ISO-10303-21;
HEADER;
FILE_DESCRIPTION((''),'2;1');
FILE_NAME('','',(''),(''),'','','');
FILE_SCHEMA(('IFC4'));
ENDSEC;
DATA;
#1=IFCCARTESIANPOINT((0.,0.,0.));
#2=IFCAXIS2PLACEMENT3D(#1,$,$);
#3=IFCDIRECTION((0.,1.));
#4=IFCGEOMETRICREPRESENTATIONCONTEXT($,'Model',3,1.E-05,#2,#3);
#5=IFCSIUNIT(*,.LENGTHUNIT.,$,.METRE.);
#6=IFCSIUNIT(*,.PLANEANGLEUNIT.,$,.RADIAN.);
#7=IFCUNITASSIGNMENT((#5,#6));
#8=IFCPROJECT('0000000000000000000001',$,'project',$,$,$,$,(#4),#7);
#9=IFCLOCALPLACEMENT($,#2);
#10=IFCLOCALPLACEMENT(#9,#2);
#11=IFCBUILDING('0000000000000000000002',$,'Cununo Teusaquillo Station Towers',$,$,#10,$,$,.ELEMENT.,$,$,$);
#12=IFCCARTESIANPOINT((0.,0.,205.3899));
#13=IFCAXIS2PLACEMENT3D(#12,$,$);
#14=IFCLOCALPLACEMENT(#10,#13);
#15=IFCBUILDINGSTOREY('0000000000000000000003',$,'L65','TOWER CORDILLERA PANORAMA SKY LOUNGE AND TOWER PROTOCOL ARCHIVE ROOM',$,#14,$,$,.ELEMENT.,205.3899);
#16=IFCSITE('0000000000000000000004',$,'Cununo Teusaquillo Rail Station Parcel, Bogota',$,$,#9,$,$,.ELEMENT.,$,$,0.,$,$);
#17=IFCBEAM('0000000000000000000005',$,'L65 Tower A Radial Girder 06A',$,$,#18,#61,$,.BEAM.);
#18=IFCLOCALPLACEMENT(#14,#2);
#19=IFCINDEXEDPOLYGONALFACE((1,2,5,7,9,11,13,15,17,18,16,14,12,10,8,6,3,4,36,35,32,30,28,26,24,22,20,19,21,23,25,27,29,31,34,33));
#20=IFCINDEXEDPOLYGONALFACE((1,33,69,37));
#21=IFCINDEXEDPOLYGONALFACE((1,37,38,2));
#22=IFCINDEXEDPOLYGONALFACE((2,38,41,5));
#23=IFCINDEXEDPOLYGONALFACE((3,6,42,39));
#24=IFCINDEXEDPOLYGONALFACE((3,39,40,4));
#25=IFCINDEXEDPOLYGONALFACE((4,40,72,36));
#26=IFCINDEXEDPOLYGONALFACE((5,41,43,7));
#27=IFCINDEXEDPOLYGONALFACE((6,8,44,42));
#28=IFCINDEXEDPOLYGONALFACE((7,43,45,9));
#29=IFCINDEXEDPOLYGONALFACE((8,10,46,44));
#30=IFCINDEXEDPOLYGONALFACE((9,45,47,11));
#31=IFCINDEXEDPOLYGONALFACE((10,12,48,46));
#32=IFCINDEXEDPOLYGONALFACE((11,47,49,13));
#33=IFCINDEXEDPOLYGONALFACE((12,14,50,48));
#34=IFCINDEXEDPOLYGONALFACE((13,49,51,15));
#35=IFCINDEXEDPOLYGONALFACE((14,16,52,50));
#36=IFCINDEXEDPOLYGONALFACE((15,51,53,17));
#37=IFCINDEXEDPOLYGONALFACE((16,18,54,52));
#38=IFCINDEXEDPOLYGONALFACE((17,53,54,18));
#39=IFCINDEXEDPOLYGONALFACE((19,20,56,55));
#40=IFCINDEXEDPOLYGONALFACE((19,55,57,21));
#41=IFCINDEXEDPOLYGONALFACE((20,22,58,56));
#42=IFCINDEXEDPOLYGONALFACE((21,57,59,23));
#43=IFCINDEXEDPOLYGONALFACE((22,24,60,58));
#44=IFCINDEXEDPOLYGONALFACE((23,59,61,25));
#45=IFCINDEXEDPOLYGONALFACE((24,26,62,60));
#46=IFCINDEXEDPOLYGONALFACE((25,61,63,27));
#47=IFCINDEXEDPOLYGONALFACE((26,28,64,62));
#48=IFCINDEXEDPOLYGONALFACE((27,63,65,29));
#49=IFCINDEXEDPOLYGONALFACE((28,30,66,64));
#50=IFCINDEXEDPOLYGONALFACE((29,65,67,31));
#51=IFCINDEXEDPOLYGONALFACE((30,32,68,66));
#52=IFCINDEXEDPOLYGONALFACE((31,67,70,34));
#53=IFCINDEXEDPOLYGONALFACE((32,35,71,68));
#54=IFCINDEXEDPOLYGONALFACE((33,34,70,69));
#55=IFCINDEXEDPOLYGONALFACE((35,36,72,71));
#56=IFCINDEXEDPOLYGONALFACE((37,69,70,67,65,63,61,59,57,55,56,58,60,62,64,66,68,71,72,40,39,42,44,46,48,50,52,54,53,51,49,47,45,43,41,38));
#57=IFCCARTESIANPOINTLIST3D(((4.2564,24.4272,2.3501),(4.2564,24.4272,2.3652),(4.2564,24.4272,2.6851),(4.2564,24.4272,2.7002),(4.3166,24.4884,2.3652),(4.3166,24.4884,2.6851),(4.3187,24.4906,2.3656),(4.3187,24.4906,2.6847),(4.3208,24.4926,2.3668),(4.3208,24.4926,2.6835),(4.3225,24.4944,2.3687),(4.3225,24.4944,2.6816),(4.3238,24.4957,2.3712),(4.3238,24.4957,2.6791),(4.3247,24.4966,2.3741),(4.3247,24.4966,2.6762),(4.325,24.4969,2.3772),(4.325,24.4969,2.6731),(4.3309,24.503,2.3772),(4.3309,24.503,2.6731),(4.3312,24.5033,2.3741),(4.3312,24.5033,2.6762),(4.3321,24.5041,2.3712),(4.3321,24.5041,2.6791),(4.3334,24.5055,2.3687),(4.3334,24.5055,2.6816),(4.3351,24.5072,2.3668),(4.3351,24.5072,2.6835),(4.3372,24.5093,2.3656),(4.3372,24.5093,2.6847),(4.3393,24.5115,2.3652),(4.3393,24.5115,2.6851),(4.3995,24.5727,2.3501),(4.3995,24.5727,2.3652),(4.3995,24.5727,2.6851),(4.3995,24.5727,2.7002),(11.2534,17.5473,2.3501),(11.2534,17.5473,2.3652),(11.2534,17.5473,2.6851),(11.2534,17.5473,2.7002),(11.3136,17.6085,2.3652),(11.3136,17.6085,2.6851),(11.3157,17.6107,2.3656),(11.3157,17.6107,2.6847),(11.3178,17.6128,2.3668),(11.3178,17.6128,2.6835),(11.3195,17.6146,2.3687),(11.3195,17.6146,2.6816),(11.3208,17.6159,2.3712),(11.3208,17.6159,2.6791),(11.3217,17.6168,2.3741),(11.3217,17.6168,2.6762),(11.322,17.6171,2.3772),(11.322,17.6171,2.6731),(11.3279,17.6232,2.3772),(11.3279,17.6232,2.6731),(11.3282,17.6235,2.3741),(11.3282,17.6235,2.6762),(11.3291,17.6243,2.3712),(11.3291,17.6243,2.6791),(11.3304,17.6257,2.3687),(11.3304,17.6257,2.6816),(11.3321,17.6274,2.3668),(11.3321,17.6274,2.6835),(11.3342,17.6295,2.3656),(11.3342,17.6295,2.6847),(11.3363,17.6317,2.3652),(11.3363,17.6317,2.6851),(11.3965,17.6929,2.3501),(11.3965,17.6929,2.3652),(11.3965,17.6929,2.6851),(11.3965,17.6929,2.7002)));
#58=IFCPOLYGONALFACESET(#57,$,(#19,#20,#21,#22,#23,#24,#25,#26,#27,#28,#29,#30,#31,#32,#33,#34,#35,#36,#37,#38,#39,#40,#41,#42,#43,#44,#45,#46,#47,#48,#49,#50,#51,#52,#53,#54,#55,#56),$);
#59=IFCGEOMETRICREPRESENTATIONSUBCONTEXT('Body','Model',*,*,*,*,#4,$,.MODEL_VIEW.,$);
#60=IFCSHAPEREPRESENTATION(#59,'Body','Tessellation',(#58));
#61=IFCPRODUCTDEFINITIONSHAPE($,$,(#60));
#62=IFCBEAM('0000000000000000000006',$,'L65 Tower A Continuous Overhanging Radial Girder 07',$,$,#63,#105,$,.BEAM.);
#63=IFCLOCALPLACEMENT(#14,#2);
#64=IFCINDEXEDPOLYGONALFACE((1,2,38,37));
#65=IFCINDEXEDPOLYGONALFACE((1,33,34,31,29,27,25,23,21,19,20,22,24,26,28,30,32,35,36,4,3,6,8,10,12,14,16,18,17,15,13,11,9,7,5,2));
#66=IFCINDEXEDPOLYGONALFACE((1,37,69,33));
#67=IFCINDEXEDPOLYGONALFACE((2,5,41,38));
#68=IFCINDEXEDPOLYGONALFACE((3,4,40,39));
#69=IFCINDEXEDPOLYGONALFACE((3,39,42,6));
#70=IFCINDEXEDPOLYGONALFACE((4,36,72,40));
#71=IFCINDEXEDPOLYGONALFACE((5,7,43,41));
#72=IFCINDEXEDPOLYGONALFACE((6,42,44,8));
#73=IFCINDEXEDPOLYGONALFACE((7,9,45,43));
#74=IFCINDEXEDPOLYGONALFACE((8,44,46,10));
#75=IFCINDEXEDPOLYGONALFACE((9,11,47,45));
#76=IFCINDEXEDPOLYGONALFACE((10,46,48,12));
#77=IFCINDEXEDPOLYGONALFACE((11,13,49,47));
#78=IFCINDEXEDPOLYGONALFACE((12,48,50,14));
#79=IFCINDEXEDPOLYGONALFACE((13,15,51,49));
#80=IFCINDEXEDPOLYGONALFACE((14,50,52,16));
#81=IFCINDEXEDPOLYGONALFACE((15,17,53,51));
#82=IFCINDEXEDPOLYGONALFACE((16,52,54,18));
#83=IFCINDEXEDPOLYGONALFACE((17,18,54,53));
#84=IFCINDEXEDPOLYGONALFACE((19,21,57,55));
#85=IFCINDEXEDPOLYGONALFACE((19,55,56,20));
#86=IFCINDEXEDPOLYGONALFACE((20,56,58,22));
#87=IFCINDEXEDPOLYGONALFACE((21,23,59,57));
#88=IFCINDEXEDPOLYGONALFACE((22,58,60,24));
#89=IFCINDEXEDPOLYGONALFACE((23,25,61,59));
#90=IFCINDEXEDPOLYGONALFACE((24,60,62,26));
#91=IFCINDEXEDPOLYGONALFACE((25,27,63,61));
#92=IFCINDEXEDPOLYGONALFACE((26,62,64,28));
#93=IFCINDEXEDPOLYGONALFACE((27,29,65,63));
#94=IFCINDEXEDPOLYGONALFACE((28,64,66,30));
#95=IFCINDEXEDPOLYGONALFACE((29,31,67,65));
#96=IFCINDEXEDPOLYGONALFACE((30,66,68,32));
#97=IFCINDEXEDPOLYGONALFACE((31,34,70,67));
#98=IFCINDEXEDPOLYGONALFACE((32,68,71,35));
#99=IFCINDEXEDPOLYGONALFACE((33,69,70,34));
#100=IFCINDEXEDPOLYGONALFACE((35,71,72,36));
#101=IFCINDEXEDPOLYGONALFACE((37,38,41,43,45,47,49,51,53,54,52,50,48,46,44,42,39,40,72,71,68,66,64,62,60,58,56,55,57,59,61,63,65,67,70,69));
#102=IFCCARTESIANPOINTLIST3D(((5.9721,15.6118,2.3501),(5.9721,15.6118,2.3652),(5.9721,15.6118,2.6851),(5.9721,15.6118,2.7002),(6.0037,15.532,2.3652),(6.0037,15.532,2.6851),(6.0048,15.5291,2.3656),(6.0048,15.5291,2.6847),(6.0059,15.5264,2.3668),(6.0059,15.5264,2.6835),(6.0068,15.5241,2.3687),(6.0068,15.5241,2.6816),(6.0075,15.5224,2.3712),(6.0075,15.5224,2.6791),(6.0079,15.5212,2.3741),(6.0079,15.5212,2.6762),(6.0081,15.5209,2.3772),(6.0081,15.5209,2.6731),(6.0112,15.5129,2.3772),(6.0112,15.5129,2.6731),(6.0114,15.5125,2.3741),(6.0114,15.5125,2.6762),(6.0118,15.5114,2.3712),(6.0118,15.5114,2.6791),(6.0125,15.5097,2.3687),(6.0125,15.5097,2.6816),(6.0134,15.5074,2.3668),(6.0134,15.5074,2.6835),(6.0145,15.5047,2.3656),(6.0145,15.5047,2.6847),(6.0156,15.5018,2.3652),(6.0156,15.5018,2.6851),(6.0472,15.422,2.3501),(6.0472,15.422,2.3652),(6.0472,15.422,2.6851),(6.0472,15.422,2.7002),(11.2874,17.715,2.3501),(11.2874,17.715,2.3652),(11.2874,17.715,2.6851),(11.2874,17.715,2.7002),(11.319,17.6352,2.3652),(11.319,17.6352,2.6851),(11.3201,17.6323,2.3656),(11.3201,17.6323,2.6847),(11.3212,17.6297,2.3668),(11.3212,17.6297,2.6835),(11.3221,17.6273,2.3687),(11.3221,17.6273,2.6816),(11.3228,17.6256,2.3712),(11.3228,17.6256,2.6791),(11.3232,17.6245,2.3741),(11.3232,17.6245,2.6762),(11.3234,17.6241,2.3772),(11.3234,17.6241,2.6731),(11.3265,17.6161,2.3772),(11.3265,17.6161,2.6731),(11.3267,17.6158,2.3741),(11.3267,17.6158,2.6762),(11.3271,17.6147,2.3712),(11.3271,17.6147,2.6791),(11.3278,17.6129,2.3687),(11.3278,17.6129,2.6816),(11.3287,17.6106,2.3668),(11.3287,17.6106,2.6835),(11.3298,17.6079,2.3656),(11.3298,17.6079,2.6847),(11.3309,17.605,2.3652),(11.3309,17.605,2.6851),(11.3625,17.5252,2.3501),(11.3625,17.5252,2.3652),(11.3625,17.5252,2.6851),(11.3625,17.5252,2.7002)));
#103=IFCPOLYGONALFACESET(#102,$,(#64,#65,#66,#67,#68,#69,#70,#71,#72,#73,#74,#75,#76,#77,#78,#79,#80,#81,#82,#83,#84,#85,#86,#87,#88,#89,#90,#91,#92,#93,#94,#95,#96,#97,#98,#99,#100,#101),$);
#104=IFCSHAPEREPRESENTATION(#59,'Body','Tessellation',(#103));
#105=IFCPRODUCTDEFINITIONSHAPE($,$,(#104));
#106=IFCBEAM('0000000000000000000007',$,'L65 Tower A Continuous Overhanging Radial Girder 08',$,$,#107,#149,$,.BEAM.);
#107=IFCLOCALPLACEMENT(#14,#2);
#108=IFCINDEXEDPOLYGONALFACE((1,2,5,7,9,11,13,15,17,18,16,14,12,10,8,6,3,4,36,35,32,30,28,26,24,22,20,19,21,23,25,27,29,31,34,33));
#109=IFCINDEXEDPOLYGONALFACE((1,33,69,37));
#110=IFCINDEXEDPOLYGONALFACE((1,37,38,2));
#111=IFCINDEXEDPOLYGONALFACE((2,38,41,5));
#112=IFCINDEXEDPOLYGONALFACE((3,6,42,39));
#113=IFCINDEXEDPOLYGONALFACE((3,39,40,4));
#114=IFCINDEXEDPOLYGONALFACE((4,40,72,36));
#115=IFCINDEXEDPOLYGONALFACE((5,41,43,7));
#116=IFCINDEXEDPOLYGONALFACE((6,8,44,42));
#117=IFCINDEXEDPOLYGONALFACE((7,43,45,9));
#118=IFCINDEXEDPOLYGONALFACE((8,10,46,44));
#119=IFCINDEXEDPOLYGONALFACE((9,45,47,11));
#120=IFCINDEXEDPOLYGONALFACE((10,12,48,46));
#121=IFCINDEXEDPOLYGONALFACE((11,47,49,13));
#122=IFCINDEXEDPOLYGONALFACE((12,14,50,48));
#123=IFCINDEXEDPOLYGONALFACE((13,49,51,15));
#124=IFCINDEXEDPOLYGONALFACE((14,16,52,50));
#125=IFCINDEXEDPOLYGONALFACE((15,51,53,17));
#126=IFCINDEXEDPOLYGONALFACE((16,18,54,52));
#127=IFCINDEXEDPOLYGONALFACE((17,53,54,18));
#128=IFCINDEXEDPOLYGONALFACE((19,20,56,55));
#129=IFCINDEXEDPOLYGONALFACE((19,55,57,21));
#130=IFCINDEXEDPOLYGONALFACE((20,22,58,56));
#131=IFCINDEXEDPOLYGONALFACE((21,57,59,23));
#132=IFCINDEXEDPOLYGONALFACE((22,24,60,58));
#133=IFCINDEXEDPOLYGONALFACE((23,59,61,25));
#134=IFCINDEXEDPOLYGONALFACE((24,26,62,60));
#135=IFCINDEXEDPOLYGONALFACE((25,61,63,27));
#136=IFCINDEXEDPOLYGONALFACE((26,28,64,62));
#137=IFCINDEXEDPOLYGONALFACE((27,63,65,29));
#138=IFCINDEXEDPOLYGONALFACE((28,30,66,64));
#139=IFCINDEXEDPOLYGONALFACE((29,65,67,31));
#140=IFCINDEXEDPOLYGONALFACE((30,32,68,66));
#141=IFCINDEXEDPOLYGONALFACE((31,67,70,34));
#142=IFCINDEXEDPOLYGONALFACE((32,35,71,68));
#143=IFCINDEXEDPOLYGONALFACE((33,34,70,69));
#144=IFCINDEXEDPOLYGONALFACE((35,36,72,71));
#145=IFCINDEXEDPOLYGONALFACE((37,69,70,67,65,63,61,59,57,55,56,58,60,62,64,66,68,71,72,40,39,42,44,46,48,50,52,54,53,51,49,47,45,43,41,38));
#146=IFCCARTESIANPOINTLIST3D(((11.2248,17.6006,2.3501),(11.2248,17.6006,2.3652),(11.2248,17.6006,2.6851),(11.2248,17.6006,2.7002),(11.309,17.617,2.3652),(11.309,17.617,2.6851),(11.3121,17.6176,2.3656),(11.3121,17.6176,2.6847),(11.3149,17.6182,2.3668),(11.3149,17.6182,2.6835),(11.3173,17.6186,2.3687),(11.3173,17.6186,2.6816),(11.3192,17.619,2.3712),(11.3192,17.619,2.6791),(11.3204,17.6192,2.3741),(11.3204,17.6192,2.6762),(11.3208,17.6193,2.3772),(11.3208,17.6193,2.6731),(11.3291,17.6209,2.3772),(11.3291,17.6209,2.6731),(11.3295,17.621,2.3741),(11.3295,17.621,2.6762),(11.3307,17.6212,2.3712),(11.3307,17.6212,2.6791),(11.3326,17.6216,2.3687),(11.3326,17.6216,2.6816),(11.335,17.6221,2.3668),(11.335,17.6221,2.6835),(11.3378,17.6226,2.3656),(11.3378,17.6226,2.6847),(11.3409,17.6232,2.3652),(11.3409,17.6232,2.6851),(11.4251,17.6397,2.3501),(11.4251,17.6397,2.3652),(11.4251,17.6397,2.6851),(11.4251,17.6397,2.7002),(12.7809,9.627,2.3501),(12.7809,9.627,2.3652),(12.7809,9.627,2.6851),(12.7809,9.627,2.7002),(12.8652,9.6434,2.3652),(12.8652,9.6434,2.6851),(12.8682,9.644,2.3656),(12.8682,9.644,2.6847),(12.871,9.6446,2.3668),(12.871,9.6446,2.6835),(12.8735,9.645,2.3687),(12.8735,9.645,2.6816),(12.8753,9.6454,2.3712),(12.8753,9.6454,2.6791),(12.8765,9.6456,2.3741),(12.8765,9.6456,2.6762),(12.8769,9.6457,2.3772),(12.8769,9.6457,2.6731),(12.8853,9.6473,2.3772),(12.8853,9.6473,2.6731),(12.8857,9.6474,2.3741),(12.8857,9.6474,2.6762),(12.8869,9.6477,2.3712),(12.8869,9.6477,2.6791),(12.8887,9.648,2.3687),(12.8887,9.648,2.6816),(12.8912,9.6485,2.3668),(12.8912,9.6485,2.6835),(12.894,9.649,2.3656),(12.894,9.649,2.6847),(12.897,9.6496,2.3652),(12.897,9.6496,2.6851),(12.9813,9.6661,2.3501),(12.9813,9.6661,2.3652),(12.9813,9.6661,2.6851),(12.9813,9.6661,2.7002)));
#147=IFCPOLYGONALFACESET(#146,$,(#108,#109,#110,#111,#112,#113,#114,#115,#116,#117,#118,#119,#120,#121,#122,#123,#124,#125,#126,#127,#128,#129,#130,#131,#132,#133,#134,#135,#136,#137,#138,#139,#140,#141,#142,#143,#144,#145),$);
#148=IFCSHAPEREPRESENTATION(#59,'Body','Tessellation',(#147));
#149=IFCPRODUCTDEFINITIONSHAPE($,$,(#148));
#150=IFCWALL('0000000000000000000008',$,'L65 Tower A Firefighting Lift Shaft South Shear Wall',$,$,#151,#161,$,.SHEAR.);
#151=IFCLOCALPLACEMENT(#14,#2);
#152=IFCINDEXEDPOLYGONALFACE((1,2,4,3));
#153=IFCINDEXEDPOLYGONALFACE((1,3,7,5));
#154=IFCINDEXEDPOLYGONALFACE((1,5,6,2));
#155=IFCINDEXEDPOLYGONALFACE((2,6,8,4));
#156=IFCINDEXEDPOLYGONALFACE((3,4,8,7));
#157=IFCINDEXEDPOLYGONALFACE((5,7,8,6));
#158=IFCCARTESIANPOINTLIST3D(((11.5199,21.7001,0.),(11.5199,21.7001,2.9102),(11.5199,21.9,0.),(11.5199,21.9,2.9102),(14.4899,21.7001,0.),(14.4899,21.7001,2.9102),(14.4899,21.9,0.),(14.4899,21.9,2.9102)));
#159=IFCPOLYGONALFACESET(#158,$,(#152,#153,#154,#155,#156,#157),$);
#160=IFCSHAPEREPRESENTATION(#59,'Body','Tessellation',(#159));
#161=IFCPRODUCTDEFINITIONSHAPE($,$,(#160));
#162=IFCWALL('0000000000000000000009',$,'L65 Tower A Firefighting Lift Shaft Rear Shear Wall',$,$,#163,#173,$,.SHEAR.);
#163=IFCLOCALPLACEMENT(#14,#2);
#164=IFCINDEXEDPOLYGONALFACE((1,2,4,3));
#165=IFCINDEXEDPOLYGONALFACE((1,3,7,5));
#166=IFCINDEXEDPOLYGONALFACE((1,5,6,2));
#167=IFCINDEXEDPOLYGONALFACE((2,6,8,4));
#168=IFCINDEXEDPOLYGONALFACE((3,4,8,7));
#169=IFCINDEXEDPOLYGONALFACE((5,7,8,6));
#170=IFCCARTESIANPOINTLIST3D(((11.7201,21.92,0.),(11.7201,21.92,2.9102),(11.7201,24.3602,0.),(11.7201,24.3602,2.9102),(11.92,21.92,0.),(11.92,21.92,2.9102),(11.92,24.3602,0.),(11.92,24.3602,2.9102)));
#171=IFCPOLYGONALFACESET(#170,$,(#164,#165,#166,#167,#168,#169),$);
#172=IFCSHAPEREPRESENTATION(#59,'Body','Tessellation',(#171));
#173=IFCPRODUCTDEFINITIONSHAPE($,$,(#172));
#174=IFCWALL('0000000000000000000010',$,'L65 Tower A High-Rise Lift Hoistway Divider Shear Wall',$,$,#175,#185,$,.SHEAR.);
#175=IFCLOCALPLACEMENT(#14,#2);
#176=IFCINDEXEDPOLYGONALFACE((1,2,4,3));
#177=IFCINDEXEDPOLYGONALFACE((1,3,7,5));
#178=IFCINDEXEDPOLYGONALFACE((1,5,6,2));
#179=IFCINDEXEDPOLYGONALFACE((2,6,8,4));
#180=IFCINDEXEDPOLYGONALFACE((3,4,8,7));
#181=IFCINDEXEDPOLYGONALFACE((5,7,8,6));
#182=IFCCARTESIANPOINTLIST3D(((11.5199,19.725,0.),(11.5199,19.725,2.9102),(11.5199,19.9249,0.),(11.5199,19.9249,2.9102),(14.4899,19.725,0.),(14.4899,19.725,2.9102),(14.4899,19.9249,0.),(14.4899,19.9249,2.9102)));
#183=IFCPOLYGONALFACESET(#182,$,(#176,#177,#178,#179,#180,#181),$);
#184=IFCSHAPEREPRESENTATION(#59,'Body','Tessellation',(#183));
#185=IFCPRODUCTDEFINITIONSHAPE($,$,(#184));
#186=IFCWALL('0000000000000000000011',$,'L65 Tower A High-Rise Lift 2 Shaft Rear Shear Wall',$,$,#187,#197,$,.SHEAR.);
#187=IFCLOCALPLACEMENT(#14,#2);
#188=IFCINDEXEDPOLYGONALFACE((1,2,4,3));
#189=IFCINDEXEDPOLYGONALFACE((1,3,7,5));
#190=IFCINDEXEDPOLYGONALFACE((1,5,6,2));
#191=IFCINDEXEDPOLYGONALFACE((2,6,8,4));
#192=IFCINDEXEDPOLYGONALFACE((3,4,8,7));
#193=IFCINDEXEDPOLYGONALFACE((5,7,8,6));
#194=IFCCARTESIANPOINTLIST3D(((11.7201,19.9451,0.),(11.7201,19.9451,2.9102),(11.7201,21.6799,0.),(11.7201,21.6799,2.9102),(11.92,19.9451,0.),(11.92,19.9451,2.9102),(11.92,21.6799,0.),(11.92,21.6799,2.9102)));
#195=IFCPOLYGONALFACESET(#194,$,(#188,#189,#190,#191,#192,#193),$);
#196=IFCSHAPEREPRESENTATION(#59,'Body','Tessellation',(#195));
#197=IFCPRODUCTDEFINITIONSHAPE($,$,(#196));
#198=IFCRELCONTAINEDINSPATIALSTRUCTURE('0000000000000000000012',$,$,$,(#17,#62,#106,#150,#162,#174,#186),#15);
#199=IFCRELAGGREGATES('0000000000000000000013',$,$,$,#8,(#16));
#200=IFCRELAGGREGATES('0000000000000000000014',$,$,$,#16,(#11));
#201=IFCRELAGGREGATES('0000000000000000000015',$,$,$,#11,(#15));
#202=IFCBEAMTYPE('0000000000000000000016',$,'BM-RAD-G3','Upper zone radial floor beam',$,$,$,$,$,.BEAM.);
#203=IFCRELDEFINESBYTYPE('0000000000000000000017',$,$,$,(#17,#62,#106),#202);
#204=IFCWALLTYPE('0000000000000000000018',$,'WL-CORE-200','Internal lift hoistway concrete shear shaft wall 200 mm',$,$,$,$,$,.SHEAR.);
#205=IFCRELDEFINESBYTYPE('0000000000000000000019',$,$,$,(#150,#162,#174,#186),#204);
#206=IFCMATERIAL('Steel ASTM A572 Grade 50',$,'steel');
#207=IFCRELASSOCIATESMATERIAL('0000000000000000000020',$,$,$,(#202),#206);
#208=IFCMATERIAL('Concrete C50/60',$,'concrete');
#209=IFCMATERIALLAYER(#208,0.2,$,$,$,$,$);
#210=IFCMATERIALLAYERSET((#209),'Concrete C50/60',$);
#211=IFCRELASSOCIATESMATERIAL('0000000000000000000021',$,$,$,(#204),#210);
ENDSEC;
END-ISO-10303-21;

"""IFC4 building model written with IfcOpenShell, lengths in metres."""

from ifc_helpers import new_model, si_unit, direction, frame, frame_2d, origin, origin_2d, place, context, subcontext, project, spatial, rectangle, i_section, extrude, material, layer, layer_set, material_profile, profile_set, type_object, element, save


model = new_model("IFC4")

# Units and contexts
model_context = context("Model", 3, precision=1e-05, world=origin(), true_north=direction((0.0, 1.0)))
body_context = subcontext(model_context, "Body", "Model", "MODEL_VIEW")
ifc_project = project(units=[si_unit("LENGTHUNIT", "METRE"), si_unit("PLANEANGLEUNIT", "RADIAN")], contexts=[model_context])

# Site, building, storey
site_placement = place(None, origin())
site = spatial("IfcSite", under=ifc_project, at=site_placement, Name="Cununo Teusaquillo Rail Station Parcel, Bogota", CompositionType="ELEMENT", RefElevation=0.0)
building_placement = place(site_placement, origin())
building = spatial("IfcBuilding", under=site, at=building_placement, Name="Cununo Teusaquillo Station Towers", CompositionType="ELEMENT")
storey_placement = place(building_placement, frame((0.0, 0.0, 205.3899)))
storey = spatial("IfcBuildingStorey", under=building, at=storey_placement, Name="L65", Description="TOWER CORDILLERA PANORAMA SKY LOUNGE AND TOWER PROTOCOL ARCHIVE ROOM", CompositionType="ELEMENT", Elevation=205.3899)

# Beams
ifc_material_1 = material(Name="Steel ASTM A572 Grade 50", Category="steel")
ifc_material_profile_1 = material_profile(ifc_material_1, i_section(OverallWidth=0.2041, OverallDepth=0.3501, WebThickness=0.0085, FlangeThickness=0.0151, FilletRadius=0.012, at=origin_2d()), Name="W14X48")
ifc_profile_set_1 = profile_set([ifc_material_profile_1], Name="Steel ASTM A572 Grade 50")
beam_type_1 = type_object("IfcBeamType", Name="BM-RAD-G3", Description="Upper zone radial floor beam", PredefinedType="BEAM", material=ifc_profile_set_1)
beam_1_placement = place(storey_placement, frame((11.325, 17.6201, 2.5251), z_axis=(-0.713053, 0.70111, 0.0), x_axis=(-0.70111, -0.713053, 0.0)))
element("IfcBeam", 1, at=beam_1_placement, inside=storey, type_object=beam_type_1, Name="L65 Tower A Radial Girder 06A", PredefinedType="BEAM", context=body_context, shape_type="SweptSolid", body=[
    extrude(i_section(OverallWidth=0.2041, OverallDepth=0.3501, WebThickness=0.0085, FlangeThickness=0.0151, FilletRadius=0.012, at=origin_2d()), origin(), (0.0, 0.0, 1.0), 9.8127),
])
beam_2_placement = place(storey_placement, frame((11.325, 17.6201, 2.5251), z_axis=(-0.929852, -0.367935, 0.0), x_axis=(0.367935, -0.929852, 0.0)))
element("IfcBeam", 2, at=beam_2_placement, inside=storey, type_object=beam_type_1, Name="L65 Tower A Continuous Overhanging Radial Girder 07", PredefinedType="BEAM", context=body_context, shape_type="SweptSolid", body=[
    extrude(i_section(OverallWidth=0.2041, OverallDepth=0.3501, WebThickness=0.0085, FlangeThickness=0.0151, FilletRadius=0.012, at=origin_2d()), origin(), (0.0, 0.0, 1.0), 5.7163),
])
beam_3_placement = place(storey_placement, frame((11.325, 17.6201, 2.5251), z_axis=(0.191548, -0.981483, 0.0), x_axis=(0.981483, 0.191548, 0.0)))
element("IfcBeam", 3, at=beam_3_placement, inside=storey, type_object=beam_type_1, Name="L65 Tower A Continuous Overhanging Radial Girder 08", PredefinedType="BEAM", context=body_context, shape_type="SweptSolid", body=[
    extrude(i_section(OverallWidth=0.2041, OverallDepth=0.3501, WebThickness=0.0085, FlangeThickness=0.0151, FilletRadius=0.012, at=origin_2d()), origin(), (0.0, 0.0, 1.0), 8.124),
])

# Walls
ifc_material_2 = material(Name="Concrete C50/60", Category="concrete")
ifc_layer_1 = layer(ifc_material_2, 0.2)
ifc_layer_set_1 = layer_set([ifc_layer_1], Name="Concrete C50/60")
wall_type_1 = type_object("IfcWallType", Name="WL-CORE-200", Description="Internal lift hoistway concrete shear shaft wall 200 mm", PredefinedType="SHEAR", material=ifc_layer_set_1)
wall_1_placement = place(storey_placement, frame((11.52, 21.8, 0.0), z_axis=(0.0, 0.0, 1.0), x_axis=(1.0, 0.0, 0.0)))
element("IfcWall", 4, at=wall_1_placement, inside=storey, type_object=wall_type_1, Name="L65 Tower A Firefighting Lift Shaft South Shear Wall", PredefinedType="SHEAR", context=body_context, shape_type="SweptSolid", body=[
    extrude(rectangle(XDim=2.97, YDim=0.2, at=frame_2d((1.4849, 0.0))), origin(), (0.0, 0.0, 1.0), 2.9102),
])
wall_2_placement = place(storey_placement, frame((11.8201, 21.9199, 0.0), z_axis=(0.0, 0.0, 1.0), x_axis=(0.0, 1.0, 0.0)))
element("IfcWall", 5, at=wall_2_placement, inside=storey, type_object=wall_type_1, Name="L65 Tower A Firefighting Lift Shaft Rear Shear Wall", PredefinedType="SHEAR", context=body_context, shape_type="SweptSolid", body=[
    extrude(rectangle(XDim=2.4402, YDim=0.2, at=frame_2d((1.2202, 0.0))), origin(), (0.0, 0.0, 1.0), 2.9102),
])
wall_3_placement = place(storey_placement, frame((11.52, 19.825, 0.0), z_axis=(0.0, 0.0, 1.0), x_axis=(1.0, 0.0, 0.0)))
element("IfcWall", 6, at=wall_3_placement, inside=storey, type_object=wall_type_1, Name="L65 Tower A High-Rise Lift Hoistway Divider Shear Wall", PredefinedType="SHEAR", context=body_context, shape_type="SweptSolid", body=[
    extrude(rectangle(XDim=2.97, YDim=0.2, at=frame_2d((1.4849, 0.0))), origin(), (0.0, 0.0, 1.0), 2.9102),
])
wall_4_placement = place(storey_placement, frame((11.8201, 19.9451, 0.0), z_axis=(0.0, 0.0, 1.0), x_axis=(0.0, 1.0, 0.0)))
element("IfcWall", 7, at=wall_4_placement, inside=storey, type_object=wall_type_1, Name="L65 Tower A High-Rise Lift 2 Shaft Rear Shear Wall", PredefinedType="SHEAR", context=body_context, shape_type="SweptSolid", body=[
    extrude(rectangle(XDim=1.7349, YDim=0.2, at=frame_2d((0.8674, 0.0))), origin(), (0.0, 0.0, 1.0), 2.9102),
])

save(model, "model.ifc")
